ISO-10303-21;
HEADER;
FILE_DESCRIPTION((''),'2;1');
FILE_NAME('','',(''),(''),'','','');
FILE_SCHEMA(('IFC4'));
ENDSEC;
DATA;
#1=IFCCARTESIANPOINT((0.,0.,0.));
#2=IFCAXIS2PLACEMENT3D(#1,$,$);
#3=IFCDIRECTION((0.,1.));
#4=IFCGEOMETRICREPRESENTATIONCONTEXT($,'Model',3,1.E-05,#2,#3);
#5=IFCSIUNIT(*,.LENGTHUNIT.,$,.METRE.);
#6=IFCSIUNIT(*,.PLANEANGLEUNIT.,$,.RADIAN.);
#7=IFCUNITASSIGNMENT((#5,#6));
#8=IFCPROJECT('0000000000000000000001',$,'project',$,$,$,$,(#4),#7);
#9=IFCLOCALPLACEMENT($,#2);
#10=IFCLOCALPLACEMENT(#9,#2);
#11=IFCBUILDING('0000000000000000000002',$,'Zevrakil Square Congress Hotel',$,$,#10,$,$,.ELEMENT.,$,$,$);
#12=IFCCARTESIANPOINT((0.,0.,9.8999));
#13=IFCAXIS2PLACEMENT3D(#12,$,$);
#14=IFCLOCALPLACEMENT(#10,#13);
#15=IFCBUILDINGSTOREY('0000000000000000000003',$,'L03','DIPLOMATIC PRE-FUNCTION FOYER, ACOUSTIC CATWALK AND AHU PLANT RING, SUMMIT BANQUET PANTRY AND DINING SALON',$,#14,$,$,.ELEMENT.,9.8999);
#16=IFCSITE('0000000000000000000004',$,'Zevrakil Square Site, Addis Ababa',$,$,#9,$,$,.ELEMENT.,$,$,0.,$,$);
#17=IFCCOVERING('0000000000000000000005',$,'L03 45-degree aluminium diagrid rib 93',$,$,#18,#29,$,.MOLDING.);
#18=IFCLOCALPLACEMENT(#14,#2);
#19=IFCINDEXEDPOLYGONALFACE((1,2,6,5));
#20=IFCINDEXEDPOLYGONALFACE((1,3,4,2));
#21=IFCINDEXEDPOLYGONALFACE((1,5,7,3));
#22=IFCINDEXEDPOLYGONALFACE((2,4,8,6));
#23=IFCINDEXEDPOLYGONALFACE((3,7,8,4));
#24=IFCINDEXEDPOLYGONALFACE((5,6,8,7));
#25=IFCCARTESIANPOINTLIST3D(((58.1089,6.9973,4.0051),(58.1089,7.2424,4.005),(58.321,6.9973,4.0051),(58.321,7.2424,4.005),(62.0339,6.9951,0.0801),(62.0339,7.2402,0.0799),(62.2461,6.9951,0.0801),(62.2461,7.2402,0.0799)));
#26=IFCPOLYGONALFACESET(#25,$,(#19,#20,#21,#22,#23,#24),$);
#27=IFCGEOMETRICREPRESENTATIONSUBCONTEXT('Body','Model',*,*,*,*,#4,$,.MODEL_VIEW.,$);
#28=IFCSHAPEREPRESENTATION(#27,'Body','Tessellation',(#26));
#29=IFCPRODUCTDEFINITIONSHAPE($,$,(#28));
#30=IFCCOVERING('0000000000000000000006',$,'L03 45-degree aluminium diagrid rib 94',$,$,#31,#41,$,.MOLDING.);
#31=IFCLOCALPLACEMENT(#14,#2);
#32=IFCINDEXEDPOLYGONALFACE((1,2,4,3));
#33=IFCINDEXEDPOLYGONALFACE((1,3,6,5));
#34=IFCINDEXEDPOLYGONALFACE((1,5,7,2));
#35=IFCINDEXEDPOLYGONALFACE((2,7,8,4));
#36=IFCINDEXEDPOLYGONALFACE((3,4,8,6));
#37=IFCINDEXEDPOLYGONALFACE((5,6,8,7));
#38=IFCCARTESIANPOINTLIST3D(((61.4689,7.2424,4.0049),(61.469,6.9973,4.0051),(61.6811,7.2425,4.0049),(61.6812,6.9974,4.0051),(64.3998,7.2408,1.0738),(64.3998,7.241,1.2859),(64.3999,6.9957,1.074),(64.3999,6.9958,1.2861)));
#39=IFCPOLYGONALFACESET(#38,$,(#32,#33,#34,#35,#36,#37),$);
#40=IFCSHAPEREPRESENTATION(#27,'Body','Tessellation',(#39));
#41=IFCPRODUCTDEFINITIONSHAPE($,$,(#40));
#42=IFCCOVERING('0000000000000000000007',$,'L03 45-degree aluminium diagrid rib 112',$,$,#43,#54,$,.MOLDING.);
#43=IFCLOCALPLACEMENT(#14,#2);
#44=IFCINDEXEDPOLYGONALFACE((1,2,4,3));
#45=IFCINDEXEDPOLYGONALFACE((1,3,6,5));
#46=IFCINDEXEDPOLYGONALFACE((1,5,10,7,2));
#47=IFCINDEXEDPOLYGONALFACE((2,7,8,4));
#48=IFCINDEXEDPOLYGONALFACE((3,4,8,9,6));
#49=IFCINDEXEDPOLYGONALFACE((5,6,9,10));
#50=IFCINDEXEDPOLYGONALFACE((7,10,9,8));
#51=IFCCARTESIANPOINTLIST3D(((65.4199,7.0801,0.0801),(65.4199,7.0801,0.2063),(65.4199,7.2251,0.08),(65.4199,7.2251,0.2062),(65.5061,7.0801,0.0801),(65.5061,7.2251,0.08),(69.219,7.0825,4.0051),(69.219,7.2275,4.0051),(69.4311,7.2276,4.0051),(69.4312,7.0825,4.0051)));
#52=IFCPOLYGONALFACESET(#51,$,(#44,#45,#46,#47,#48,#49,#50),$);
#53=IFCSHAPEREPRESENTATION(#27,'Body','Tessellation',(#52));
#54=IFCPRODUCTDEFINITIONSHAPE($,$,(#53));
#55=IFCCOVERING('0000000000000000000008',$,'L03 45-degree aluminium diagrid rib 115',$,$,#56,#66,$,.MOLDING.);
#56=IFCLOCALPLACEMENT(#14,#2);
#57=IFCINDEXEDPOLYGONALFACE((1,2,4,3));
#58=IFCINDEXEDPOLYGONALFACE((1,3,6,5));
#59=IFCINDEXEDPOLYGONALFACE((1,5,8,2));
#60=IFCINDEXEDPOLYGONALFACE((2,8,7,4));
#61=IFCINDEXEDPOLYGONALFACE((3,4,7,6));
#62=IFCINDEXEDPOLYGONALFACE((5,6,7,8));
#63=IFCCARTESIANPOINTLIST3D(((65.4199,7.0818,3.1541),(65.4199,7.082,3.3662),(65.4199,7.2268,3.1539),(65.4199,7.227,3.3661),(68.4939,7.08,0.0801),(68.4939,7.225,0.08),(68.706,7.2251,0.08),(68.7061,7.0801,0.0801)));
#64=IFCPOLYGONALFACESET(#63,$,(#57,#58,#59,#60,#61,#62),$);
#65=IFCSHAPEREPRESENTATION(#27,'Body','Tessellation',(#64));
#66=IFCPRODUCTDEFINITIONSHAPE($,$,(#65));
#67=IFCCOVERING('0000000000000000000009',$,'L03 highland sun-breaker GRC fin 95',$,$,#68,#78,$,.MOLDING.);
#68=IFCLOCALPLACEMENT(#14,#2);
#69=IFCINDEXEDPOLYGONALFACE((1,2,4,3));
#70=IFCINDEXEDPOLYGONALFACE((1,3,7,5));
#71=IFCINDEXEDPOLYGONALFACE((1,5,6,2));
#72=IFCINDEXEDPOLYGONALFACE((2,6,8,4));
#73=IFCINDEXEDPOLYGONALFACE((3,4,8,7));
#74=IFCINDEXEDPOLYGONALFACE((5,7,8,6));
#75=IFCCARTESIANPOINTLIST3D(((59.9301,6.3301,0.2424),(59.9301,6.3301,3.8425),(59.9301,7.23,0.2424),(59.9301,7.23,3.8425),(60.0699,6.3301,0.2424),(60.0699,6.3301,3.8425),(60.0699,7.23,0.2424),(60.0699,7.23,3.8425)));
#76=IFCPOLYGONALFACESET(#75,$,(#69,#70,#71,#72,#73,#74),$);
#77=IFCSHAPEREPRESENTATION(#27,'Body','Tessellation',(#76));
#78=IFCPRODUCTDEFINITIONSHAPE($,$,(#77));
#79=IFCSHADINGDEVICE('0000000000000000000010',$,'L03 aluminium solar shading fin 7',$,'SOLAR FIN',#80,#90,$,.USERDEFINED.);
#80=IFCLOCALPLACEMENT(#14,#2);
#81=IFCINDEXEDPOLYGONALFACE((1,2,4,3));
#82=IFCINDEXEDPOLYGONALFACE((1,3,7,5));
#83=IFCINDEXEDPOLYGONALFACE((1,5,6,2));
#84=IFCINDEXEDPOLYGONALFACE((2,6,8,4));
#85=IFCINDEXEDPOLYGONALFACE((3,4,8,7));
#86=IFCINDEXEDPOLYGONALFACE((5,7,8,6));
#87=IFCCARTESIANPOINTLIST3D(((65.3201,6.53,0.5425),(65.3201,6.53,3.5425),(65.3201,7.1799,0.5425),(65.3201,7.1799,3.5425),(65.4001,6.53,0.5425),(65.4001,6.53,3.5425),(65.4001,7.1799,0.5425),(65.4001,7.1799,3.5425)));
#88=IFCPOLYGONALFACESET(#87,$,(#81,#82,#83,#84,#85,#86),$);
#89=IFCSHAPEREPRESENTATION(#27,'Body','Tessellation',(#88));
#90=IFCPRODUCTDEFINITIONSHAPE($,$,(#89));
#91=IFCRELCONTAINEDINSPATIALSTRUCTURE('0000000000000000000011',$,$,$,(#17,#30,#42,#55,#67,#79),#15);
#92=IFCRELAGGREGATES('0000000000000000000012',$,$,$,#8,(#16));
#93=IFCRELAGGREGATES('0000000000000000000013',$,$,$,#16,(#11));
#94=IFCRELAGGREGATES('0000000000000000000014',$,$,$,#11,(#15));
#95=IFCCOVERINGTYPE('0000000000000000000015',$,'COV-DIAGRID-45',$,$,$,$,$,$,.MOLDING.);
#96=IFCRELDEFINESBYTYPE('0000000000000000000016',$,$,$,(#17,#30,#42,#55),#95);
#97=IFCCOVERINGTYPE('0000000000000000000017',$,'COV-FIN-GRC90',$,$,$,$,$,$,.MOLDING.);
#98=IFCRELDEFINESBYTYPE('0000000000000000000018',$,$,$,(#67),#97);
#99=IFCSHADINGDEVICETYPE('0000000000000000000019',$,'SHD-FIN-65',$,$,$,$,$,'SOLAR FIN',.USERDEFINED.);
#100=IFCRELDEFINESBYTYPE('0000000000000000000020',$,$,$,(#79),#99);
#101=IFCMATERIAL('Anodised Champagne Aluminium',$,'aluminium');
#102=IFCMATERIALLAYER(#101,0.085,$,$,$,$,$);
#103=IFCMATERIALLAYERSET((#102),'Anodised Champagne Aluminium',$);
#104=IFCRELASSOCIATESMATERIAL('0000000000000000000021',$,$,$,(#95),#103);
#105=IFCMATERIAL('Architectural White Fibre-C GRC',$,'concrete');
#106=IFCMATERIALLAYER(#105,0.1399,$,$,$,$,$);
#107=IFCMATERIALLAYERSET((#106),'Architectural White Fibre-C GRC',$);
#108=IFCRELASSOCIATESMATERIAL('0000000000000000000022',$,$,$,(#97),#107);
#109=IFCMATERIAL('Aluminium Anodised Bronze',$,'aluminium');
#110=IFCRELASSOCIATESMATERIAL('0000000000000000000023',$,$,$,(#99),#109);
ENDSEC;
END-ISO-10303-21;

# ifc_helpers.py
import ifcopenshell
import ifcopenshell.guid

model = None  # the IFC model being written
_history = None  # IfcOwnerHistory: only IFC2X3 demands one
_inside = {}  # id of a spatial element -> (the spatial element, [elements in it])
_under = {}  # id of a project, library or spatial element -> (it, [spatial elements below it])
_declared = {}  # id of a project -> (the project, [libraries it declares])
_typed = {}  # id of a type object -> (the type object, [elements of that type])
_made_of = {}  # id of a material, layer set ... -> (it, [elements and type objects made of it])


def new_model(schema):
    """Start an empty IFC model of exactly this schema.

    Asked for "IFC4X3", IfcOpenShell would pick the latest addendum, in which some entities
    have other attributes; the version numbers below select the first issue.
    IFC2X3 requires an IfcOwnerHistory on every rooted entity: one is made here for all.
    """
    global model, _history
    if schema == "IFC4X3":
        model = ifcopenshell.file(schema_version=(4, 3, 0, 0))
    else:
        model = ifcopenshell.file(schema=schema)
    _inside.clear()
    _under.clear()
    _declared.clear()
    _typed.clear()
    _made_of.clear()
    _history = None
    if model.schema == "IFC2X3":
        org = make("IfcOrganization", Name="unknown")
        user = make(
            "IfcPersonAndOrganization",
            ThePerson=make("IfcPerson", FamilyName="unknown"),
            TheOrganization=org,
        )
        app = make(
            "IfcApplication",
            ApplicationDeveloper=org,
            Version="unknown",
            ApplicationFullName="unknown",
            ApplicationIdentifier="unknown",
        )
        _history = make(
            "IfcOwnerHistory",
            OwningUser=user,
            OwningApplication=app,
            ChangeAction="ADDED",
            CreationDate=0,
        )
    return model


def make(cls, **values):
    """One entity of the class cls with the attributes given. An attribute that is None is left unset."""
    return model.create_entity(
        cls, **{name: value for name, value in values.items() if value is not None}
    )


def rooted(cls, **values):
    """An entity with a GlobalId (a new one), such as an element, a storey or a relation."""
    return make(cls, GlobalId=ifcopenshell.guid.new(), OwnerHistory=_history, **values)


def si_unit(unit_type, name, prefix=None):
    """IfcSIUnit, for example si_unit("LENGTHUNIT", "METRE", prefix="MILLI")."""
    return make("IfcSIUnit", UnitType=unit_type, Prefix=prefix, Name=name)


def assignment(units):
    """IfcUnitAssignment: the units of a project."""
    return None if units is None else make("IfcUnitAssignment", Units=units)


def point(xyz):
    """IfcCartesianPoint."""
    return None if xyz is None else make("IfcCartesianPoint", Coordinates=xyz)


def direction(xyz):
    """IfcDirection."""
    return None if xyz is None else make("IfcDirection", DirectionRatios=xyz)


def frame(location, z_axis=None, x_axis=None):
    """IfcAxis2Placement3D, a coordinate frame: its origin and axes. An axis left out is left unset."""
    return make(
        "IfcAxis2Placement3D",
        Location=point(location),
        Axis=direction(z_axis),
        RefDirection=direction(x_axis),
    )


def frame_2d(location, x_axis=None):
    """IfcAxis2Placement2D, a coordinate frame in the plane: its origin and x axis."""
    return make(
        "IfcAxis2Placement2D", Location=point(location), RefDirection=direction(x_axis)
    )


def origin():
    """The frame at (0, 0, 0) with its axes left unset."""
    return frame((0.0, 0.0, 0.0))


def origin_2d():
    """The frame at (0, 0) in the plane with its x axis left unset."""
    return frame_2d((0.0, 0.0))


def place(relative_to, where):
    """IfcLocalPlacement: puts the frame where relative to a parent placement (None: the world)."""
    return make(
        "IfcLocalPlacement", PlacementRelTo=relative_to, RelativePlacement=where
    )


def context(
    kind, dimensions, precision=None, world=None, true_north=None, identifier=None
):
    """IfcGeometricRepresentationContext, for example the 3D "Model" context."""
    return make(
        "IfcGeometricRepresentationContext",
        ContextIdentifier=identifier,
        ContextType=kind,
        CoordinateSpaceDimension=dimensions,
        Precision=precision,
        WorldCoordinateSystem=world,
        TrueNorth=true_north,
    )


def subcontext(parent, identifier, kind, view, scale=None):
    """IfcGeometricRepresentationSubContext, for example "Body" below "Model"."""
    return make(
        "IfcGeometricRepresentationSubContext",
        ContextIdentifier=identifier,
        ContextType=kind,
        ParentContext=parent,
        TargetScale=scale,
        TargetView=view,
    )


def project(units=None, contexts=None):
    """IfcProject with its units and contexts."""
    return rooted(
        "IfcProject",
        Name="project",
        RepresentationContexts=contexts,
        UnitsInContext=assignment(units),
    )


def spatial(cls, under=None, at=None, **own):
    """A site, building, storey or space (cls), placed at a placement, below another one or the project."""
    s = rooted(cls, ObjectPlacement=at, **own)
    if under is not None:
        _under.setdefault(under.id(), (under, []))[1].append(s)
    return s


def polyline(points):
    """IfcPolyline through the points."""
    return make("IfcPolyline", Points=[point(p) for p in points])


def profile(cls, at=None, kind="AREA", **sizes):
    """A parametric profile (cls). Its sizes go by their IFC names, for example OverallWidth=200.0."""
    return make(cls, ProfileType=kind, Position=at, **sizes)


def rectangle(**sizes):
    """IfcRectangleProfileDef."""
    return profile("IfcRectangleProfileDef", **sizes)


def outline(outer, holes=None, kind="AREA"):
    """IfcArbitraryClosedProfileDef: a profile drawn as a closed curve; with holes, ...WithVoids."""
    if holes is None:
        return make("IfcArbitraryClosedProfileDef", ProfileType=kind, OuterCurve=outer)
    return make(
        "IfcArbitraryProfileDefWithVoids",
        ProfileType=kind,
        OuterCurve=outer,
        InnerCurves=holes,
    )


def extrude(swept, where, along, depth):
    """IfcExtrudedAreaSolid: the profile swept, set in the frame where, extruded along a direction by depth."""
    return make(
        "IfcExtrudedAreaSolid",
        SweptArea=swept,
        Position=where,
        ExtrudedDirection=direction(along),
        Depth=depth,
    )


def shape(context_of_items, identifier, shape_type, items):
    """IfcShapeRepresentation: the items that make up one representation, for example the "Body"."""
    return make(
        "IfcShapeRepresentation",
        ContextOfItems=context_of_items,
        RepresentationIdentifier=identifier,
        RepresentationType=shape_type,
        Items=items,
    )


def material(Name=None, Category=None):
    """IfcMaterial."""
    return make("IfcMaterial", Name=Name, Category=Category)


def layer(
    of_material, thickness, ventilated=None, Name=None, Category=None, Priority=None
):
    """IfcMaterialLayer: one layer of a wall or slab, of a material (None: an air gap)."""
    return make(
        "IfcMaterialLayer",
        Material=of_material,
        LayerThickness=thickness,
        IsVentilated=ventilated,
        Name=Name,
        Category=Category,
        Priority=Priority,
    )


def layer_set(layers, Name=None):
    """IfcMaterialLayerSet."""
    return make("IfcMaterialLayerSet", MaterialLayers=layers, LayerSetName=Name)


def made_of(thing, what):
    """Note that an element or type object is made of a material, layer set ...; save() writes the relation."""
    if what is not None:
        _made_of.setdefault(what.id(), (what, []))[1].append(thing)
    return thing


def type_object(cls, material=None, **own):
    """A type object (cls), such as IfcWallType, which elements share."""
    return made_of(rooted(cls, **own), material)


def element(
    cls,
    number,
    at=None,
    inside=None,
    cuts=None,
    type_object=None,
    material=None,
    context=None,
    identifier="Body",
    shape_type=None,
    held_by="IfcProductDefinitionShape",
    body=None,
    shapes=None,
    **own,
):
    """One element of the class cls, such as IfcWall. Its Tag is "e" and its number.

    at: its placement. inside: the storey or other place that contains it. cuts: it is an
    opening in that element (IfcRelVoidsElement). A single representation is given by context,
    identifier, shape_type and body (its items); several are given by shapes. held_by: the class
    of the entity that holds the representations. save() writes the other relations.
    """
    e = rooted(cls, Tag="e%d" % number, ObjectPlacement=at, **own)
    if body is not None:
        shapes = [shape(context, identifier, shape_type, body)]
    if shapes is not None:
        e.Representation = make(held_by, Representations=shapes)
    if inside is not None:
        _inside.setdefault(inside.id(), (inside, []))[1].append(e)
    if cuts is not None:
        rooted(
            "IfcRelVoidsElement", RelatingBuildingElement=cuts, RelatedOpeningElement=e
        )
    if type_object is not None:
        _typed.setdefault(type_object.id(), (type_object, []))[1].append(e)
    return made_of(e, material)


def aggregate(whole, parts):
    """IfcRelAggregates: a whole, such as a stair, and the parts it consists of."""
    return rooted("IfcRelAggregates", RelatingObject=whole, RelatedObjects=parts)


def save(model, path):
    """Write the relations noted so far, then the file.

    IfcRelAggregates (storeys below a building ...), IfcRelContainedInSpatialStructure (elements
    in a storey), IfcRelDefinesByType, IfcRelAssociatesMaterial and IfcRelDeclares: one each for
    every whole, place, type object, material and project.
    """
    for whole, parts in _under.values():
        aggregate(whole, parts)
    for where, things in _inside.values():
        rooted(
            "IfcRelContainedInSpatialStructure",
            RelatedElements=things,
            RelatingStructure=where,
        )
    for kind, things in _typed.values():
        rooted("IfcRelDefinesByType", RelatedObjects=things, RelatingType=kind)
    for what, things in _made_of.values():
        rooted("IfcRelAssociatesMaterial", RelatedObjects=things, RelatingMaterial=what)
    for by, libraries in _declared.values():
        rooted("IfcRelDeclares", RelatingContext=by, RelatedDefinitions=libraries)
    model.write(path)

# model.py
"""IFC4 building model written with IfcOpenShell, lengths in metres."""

from ifc_helpers import new_model, si_unit, direction, frame, origin, origin_2d, place, context, subcontext, project, spatial, polyline, rectangle, outline, extrude, material, layer, layer_set, type_object, element, save


model = new_model("IFC4")

# Units and contexts
model_context = context("Model", 3, precision=1e-05, world=origin(), true_north=direction((0.0, 1.0)))
body_context = subcontext(model_context, "Body", "Model", "MODEL_VIEW")
ifc_project = project(units=[si_unit("LENGTHUNIT", "METRE"), si_unit("PLANEANGLEUNIT", "RADIAN")], contexts=[model_context])

# Site, building, storey
site_placement = place(None, origin())
site = spatial("IfcSite", under=ifc_project, at=site_placement, Name="Zevrakil Square Site, Addis Ababa", CompositionType="ELEMENT", RefElevation=0.0)
building_placement = place(site_placement, origin())
building = spatial("IfcBuilding", under=site, at=building_placement, Name="Zevrakil Square Congress Hotel", CompositionType="ELEMENT")
storey_placement = place(building_placement, frame((0.0, 0.0, 9.8999)))
storey = spatial("IfcBuildingStorey", under=building, at=storey_placement, Name="L03", Description="DIPLOMATIC PRE-FUNCTION FOYER, ACOUSTIC CATWALK AND AHU PLANT RING, SUMMIT BANQUET PANTRY AND DINING SALON", CompositionType="ELEMENT", Elevation=9.8999)

# Coverings
ifc_material_1 = material(Name="Anodised Champagne Aluminium", Category="aluminium")
ifc_layer_1 = layer(ifc_material_1, 0.085)
ifc_layer_set_1 = layer_set([ifc_layer_1], Name="Anodised Champagne Aluminium")
covering_type_1 = type_object("IfcCoveringType", Name="COV-DIAGRID-45", PredefinedType="MOLDING", material=ifc_layer_set_1)
covering_1_placement = place(storey_placement, frame((58.1089, 6.9973, 4.0051), z_axis=(0.0, -1.0, 0.00056), x_axis=(1.0, 0.0, 0.0)))
element("IfcCovering", 1, at=covering_1_placement, inside=storey, type_object=covering_type_1, Name="L03 45-degree aluminium diagrid rib 93", PredefinedType="MOLDING", context=body_context, shape_type="SweptSolid", body=[
    extrude(outline(polyline([(0.0, 0.0), (0.2122, 0.0), (4.1372, -3.925), (3.925, -3.925), (0.0, 0.0)])), origin(), (0.0, 0.0, -1.0), 0.2451),
])
covering_2_placement = place(storey_placement, frame((61.469, 6.9973, 4.0051), z_axis=(0.000295, -1.0, 0.000856), x_axis=(1.0, 0.000295, 0.0)))
element("IfcCovering", 2, at=covering_2_placement, inside=storey, type_object=covering_type_1, Name="L03 45-degree aluminium diagrid rib 94", PredefinedType="MOLDING", context=body_context, shape_type="SweptSolid", body=[
    extrude(outline(polyline([(0.0, 0.0), (0.2122, 0.0), (2.9309, -2.719), (2.9309, -2.9312), (0.0, 0.0)])), origin(), (0.0, 0.0, -1.0), 0.2451),
])
covering_3_placement = place(storey_placement, frame((65.5061, 7.0801, 0.0801), z_axis=(0.000187, -1.0, 0.000441), x_axis=(-1.0, -0.000187, 0.0)))
element("IfcCovering", 3, at=covering_3_placement, inside=storey, type_object=covering_type_1, Name="L03 45-degree aluminium diagrid rib 112", PredefinedType="MOLDING", context=body_context, shape_type="SweptSolid", body=[
    extrude(outline(polyline([(0.0, 0.0), (0.0862, 0.0), (0.0862, -0.1262), (-3.7129, -3.925), (-3.925, -3.925), (0.0, 0.0)])), origin(), (0.0, 0.0, -1.0), 0.145),
])
covering_4_placement = place(storey_placement, frame((65.4199, 7.0818, 3.1541), z_axis=(0.000287, -1.0, 0.000863), x_axis=(0.0, 0.000863, 1.0)))
element("IfcCovering", 4, at=covering_4_placement, inside=storey, type_object=covering_type_1, Name="L03 45-degree aluminium diagrid rib 115", PredefinedType="MOLDING", context=body_context, shape_type="SweptSolid", body=[
    extrude(outline(polyline([(0.0, 0.0), (0.2122, 0.0), (-3.074, -3.2861), (-3.074, -3.074), (0.0, 0.0)])), origin(), (0.0, 0.0, -1.0), 0.145),
])
ifc_material_2 = material(Name="Architectural White Fibre-C GRC", Category="concrete")
ifc_layer_2 = layer(ifc_material_2, 0.1399)
ifc_layer_set_2 = layer_set([ifc_layer_2], Name="Architectural White Fibre-C GRC")
covering_type_2 = type_object("IfcCoveringType", Name="COV-FIN-GRC90", PredefinedType="MOLDING", material=ifc_layer_set_2)
covering_5_placement = place(storey_placement, frame((60.0, 6.78, 0.2424), z_axis=(0.0, 0.0, 1.0), x_axis=(0.0, -1.0, 0.0)))
element("IfcCovering", 5, at=covering_5_placement, inside=storey, type_object=covering_type_2, Name="L03 highland sun-breaker GRC fin 95", PredefinedType="MOLDING", context=body_context, shape_type="SweptSolid", body=[
    extrude(rectangle(XDim=0.8999, YDim=0.1399, at=origin_2d()), origin(), (0.0, 0.0, 1.0), 3.6001),
])

# Shading device
ifc_material_3 = material(Name="Aluminium Anodised Bronze", Category="aluminium")
shading_device_type = type_object("IfcShadingDeviceType", Name="SHD-FIN-65", ElementType="SOLAR FIN", PredefinedType="USERDEFINED", material=ifc_material_3)
shading_device_placement = place(storey_placement, frame((65.3601, 6.855, 0.5425), z_axis=(0.0, 0.0, 1.0), x_axis=(0.0, -1.0, 0.0)))
element("IfcShadingDevice", 6, at=shading_device_placement, inside=storey, type_object=shading_device_type, Name="L03 aluminium solar shading fin 7", ObjectType="SOLAR FIN", PredefinedType="USERDEFINED", context=body_context, shape_type="SweptSolid", body=[
    extrude(rectangle(XDim=0.6499, YDim=0.0801, at=origin_2d()), origin(), (0.0, 0.0, 1.0), 3.0),
])

save(model, "model.ifc")
